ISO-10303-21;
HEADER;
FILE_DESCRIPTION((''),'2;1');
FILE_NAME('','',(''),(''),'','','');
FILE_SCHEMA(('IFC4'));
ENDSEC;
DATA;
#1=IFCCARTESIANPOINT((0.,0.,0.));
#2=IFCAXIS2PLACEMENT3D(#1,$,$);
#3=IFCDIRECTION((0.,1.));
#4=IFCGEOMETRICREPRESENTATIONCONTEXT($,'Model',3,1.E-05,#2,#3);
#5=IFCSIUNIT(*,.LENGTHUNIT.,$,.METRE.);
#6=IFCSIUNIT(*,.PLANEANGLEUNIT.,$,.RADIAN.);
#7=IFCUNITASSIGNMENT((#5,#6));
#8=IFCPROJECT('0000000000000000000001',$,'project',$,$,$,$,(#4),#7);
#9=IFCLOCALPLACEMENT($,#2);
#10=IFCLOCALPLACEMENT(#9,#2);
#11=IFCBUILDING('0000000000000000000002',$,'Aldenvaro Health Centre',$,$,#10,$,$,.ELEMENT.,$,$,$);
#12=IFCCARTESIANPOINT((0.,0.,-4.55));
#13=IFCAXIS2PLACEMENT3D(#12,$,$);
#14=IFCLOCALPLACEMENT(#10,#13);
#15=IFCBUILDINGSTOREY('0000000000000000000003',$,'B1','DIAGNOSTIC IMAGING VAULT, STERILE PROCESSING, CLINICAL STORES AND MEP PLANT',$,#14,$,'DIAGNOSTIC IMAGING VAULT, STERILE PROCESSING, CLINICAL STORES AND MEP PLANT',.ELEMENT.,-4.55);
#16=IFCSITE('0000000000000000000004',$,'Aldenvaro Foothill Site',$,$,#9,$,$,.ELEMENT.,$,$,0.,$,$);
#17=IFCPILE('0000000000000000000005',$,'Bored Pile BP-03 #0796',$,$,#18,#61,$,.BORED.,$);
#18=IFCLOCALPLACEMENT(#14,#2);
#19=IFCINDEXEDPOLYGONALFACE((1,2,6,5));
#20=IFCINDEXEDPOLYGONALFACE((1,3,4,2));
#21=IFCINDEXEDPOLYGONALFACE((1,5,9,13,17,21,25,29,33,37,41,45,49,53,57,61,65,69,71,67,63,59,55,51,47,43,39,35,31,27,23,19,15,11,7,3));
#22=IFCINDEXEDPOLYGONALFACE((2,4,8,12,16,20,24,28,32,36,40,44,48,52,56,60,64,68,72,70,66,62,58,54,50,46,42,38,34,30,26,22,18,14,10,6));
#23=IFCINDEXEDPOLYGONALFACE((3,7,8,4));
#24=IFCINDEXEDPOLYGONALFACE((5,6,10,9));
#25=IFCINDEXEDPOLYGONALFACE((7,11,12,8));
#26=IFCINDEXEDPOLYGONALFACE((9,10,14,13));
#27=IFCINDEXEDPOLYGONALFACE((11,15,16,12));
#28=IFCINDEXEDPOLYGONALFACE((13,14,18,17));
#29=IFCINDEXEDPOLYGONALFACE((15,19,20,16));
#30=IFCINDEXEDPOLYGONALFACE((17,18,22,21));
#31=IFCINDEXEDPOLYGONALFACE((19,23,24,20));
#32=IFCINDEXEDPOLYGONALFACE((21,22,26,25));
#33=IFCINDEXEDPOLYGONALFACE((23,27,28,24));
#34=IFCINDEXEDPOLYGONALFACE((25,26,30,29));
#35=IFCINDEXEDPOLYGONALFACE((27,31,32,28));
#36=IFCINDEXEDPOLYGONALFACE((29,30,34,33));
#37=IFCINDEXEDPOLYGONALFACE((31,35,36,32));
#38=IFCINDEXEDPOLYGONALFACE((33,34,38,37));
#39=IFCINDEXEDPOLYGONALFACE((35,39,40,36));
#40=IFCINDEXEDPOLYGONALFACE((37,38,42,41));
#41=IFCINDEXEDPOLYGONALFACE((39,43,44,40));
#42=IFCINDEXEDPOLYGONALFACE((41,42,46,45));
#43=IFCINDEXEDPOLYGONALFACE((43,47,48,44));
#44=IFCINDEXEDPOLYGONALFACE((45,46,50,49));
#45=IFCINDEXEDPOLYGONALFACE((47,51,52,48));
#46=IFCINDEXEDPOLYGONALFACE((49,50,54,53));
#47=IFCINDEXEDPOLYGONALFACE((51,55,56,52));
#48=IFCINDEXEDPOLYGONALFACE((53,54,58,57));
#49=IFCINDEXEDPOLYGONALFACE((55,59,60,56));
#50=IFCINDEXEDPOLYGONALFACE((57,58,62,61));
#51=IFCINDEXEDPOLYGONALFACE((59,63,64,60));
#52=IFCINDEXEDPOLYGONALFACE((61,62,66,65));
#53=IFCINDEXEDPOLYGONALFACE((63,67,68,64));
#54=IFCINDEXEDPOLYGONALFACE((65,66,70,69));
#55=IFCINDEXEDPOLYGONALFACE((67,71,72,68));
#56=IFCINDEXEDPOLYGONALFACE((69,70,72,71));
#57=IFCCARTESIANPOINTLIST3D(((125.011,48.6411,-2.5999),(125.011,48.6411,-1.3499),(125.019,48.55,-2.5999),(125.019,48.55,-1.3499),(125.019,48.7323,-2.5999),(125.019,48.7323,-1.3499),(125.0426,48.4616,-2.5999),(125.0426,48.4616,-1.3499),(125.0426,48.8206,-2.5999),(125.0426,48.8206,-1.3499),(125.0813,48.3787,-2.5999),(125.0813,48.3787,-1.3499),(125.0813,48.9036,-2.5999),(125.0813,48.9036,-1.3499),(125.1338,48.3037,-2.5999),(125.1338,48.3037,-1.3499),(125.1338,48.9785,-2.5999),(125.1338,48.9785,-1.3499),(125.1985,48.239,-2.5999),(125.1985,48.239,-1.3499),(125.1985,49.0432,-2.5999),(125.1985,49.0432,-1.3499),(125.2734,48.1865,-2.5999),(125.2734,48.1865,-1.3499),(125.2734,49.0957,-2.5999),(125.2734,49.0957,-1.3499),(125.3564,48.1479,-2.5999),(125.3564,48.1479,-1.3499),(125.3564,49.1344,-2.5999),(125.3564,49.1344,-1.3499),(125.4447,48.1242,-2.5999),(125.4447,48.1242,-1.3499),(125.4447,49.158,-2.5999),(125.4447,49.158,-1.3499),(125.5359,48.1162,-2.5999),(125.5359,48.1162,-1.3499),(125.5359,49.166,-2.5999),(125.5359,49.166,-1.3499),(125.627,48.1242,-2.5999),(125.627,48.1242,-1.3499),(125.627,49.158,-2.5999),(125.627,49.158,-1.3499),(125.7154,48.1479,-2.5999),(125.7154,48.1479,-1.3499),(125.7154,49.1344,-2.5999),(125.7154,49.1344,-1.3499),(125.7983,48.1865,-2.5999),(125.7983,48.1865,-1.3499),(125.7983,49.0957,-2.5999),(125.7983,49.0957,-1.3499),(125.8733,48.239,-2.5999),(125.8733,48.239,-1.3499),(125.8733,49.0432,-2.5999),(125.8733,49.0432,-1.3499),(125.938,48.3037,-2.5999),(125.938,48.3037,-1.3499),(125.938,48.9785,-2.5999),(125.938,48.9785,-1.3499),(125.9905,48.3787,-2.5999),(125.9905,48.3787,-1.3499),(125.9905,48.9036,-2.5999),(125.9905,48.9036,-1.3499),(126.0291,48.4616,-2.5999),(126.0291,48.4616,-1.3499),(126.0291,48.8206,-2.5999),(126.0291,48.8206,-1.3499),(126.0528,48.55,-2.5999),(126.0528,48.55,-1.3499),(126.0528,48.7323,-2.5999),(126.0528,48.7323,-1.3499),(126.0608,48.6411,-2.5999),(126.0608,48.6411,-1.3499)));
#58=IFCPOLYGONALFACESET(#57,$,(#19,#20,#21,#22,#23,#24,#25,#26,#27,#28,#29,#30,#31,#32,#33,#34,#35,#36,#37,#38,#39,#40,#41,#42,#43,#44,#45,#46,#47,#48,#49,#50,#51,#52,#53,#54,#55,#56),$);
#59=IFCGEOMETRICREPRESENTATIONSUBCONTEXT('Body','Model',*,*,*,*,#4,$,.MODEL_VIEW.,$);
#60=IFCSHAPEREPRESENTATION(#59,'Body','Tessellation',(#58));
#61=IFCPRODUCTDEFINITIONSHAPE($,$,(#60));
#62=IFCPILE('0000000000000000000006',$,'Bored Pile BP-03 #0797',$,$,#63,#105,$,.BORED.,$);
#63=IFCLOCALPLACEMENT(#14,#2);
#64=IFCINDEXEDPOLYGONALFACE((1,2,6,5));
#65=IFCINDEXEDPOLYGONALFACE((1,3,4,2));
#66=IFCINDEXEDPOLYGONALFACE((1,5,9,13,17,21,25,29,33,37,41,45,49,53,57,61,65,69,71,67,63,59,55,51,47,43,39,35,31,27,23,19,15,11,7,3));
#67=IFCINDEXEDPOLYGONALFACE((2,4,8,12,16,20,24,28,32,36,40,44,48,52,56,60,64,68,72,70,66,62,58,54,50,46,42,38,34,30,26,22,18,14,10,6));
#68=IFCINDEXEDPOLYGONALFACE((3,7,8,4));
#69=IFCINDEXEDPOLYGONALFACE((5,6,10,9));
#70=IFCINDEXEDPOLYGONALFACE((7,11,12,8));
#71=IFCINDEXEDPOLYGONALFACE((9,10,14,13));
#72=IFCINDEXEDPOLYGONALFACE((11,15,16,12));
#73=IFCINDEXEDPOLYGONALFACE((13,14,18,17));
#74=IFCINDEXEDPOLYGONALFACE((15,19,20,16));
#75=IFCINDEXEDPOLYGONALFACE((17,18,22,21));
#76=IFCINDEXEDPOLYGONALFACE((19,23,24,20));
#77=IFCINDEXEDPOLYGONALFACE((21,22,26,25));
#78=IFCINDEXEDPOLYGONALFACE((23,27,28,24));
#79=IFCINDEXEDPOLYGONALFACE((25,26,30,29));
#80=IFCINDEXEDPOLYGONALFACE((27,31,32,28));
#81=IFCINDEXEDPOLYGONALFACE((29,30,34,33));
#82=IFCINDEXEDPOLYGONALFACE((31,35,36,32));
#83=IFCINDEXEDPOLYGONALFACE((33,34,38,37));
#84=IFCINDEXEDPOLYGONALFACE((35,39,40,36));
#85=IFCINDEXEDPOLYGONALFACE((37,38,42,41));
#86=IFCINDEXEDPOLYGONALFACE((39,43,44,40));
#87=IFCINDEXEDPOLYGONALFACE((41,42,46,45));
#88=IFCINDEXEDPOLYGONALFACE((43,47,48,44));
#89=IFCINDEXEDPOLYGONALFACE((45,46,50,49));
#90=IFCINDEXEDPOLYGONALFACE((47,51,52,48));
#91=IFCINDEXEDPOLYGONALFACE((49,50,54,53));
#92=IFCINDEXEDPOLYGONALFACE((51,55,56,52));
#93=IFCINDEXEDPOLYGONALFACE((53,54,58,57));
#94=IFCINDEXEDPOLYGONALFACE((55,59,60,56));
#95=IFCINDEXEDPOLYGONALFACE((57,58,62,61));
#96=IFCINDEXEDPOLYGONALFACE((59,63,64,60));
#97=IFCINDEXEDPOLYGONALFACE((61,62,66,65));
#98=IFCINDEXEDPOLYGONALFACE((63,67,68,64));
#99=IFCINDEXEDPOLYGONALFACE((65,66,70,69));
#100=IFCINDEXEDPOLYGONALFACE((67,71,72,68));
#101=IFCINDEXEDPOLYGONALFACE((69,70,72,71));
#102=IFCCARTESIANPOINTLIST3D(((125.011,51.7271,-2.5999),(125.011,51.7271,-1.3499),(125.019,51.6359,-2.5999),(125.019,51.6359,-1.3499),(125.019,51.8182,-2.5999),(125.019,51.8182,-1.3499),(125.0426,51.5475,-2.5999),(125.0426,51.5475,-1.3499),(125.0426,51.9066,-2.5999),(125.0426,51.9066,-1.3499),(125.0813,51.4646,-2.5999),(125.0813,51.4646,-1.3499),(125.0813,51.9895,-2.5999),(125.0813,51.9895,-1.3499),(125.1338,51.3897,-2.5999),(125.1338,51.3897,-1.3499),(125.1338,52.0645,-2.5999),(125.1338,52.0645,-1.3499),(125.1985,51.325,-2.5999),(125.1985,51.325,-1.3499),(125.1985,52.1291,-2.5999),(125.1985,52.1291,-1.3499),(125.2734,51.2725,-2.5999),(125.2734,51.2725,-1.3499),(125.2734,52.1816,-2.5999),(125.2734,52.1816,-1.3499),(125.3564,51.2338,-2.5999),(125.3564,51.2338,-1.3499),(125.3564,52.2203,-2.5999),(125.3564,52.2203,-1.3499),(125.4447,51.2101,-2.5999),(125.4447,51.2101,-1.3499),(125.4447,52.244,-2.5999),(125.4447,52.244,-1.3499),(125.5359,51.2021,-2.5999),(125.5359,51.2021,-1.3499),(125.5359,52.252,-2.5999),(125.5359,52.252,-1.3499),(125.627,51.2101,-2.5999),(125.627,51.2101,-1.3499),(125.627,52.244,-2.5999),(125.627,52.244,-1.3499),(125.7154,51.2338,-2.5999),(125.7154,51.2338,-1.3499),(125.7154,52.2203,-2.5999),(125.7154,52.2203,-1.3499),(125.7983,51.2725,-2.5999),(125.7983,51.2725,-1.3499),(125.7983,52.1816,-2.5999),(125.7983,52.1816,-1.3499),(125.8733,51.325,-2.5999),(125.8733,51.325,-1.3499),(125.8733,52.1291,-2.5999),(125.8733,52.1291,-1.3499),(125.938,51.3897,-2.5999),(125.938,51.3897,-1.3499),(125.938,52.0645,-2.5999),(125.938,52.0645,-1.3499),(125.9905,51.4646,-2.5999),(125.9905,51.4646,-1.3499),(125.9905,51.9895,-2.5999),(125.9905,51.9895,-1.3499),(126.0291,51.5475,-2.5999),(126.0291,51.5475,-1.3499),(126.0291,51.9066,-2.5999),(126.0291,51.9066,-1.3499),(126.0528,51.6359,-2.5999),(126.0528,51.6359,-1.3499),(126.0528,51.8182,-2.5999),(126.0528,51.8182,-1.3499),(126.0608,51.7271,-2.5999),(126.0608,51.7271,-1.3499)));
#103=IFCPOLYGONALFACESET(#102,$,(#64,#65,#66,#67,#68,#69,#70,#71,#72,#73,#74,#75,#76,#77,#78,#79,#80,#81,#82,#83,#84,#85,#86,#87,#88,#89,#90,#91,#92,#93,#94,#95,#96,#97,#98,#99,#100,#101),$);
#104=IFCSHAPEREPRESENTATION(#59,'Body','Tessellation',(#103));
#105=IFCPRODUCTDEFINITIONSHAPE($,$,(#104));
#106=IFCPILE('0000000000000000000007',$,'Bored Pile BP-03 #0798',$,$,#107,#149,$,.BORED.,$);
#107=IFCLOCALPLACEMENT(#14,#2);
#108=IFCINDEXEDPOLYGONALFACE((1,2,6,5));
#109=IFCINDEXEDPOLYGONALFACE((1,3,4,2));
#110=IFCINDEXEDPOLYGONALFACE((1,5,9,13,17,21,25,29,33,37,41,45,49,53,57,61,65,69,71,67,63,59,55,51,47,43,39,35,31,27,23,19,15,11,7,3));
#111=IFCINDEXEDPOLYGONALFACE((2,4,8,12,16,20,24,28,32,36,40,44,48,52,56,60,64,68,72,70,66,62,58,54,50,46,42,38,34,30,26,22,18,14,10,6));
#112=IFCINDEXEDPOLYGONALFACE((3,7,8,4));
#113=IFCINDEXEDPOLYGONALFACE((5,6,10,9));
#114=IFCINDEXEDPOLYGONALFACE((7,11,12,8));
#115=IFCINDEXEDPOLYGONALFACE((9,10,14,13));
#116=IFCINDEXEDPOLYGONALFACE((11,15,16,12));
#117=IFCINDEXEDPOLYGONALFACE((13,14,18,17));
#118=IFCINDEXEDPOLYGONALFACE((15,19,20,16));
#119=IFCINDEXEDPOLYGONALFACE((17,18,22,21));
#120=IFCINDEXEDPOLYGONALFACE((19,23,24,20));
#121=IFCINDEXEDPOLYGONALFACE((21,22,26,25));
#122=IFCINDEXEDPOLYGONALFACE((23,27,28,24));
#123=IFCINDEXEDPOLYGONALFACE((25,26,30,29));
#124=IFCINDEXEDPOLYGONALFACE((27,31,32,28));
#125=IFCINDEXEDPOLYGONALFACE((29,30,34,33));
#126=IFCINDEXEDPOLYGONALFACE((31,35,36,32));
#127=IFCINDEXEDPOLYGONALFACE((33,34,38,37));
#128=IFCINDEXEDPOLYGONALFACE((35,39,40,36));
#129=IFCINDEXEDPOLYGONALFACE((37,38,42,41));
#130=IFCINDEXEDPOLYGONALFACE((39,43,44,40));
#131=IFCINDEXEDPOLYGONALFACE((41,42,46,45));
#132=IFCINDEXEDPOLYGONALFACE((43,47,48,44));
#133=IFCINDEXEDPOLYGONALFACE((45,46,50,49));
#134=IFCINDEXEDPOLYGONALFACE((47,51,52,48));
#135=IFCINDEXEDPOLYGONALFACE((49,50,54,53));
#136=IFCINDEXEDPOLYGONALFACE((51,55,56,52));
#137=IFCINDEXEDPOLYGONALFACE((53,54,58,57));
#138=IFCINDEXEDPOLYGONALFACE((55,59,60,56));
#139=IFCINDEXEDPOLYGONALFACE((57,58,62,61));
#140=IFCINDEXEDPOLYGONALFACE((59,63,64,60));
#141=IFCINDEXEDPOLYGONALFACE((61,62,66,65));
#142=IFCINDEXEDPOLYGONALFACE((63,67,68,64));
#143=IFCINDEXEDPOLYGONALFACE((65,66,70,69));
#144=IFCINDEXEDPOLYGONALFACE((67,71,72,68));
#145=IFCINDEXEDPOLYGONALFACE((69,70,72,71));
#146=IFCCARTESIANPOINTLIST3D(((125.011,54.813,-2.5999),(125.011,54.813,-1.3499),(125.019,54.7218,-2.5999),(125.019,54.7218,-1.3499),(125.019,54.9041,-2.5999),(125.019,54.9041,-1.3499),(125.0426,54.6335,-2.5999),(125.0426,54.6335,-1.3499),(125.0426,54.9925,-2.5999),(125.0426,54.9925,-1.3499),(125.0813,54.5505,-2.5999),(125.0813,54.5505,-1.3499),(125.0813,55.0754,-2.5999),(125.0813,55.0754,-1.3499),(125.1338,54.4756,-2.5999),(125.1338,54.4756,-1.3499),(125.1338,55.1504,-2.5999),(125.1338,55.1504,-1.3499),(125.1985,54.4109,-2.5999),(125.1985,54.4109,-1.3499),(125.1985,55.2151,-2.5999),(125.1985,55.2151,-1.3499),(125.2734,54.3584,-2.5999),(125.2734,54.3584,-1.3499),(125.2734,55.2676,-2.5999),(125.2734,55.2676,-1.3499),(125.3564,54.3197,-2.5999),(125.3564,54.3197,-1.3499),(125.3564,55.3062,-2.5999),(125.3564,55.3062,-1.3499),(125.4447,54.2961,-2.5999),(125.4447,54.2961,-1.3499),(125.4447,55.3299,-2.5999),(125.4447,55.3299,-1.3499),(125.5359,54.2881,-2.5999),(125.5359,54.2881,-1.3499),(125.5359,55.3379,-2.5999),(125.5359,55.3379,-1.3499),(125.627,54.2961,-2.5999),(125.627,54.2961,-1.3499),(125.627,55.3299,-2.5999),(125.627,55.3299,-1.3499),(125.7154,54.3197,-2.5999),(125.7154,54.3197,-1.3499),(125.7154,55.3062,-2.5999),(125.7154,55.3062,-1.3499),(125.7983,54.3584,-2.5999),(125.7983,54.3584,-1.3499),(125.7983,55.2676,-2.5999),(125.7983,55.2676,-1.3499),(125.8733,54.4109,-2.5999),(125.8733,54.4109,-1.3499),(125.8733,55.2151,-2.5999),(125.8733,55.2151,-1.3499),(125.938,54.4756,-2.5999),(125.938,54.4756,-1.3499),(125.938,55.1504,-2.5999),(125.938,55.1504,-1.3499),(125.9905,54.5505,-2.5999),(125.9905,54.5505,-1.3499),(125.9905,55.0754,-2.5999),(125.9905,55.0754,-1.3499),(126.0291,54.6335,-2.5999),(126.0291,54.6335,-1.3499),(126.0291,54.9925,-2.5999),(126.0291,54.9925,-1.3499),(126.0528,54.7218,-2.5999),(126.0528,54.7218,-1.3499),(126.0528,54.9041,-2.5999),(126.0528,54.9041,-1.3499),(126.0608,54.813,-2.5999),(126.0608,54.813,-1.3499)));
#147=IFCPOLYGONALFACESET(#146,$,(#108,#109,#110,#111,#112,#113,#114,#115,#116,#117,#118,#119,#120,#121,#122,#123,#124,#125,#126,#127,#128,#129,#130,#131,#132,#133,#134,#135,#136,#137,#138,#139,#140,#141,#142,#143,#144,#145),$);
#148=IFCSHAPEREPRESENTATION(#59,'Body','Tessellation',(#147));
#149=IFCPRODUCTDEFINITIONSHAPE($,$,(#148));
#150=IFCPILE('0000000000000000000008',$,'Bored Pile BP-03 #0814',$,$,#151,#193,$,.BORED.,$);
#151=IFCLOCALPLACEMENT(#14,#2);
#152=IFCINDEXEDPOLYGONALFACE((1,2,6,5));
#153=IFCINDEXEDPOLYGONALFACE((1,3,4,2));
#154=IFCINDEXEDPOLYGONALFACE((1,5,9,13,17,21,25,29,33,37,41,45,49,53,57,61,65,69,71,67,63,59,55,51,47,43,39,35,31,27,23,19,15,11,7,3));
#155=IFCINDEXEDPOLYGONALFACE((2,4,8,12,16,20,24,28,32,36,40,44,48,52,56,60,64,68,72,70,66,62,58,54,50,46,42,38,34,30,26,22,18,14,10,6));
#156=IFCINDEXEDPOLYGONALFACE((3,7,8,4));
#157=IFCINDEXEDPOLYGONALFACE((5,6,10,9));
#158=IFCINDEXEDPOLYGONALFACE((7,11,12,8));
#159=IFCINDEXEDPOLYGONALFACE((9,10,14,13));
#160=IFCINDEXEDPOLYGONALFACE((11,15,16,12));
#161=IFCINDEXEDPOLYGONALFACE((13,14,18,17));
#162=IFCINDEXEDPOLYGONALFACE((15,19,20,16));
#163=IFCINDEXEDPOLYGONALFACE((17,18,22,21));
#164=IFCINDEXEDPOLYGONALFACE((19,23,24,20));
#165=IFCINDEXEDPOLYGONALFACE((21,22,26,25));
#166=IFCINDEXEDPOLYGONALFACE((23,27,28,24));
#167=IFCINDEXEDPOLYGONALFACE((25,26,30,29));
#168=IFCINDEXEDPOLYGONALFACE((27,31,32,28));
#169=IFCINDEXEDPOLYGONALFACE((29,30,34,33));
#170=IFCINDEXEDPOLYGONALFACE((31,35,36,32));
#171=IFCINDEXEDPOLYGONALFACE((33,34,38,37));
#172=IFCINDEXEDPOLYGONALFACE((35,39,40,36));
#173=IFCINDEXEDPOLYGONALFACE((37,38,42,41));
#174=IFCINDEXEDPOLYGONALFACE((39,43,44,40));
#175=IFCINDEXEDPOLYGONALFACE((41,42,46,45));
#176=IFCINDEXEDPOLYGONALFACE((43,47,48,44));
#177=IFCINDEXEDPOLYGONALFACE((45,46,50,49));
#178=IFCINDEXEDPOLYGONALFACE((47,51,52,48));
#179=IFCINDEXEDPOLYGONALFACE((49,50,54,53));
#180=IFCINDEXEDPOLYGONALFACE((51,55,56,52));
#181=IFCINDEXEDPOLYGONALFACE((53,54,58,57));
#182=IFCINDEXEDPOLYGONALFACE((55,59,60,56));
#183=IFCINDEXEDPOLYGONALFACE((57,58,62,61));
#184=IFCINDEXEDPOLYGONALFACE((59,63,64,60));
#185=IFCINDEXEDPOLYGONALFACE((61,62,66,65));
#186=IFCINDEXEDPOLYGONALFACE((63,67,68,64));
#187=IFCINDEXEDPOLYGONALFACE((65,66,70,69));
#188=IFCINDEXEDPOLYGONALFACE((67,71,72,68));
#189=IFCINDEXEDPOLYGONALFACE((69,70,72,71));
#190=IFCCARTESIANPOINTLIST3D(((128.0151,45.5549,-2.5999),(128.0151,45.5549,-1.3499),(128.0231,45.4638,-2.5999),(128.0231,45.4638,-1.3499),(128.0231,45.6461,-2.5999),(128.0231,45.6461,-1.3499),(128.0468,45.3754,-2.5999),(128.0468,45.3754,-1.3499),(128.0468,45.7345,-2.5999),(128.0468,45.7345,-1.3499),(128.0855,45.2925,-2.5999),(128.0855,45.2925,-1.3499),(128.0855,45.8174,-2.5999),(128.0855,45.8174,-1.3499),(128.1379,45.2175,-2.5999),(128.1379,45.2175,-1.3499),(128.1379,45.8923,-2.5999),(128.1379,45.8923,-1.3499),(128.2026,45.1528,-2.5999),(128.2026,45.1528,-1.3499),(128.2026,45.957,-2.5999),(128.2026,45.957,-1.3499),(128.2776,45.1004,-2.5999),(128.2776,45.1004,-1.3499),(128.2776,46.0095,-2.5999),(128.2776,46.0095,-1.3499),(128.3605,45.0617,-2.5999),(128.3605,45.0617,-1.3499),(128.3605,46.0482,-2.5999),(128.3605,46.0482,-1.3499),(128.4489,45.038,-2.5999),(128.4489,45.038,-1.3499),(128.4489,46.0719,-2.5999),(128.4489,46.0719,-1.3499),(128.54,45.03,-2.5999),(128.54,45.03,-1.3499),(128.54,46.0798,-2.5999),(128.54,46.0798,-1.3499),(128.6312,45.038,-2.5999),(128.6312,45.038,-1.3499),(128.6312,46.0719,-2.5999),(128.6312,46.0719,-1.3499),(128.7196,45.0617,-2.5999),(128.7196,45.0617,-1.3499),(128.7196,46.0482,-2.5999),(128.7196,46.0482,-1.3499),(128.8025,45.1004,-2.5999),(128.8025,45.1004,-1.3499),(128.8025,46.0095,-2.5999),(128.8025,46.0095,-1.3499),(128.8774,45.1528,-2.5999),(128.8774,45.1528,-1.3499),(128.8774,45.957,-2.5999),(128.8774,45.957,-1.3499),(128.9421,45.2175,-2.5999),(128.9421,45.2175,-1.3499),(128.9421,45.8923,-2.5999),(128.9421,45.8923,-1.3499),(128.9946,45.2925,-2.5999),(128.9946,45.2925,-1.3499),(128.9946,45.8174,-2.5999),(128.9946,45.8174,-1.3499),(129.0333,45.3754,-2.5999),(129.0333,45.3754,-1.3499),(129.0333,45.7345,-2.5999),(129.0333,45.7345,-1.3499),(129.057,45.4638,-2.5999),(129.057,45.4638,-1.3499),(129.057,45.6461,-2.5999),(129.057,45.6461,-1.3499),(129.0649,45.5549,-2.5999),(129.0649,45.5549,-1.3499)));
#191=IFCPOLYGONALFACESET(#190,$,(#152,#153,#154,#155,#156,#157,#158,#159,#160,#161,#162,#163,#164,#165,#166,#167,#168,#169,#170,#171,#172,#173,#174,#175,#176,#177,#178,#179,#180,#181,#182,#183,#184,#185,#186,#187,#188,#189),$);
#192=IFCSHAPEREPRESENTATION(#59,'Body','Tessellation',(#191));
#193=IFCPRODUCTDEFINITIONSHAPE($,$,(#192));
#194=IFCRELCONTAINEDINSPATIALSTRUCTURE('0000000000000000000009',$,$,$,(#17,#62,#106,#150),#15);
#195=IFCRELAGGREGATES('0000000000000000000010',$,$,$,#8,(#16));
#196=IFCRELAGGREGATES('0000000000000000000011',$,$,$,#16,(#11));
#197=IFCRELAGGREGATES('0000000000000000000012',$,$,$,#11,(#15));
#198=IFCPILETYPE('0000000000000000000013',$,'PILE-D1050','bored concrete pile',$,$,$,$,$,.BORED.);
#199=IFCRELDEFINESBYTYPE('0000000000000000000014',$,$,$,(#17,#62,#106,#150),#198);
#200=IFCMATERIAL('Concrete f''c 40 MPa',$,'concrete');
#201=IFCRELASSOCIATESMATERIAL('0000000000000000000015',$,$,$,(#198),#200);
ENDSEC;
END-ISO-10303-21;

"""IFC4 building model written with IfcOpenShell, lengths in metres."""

from ifc_helpers import new_model, si_unit, direction, frame, origin, origin_2d, place, context, subcontext, project, spatial, circle, extrude, material, material_profile, profile_set, type_object, element, save


model = new_model("IFC4")

# Units and contexts
model_context = context("Model", 3, precision=1e-05, world=origin(), true_north=direction((0.0, 1.0)))
body_context = subcontext(model_context, "Body", "Model", "MODEL_VIEW")
ifc_project = project(units=[si_unit("LENGTHUNIT", "METRE"), si_unit("PLANEANGLEUNIT", "RADIAN")], contexts=[model_context])

# Site, building, storey
site_placement = place(None, origin())
site = spatial("IfcSite", under=ifc_project, at=site_placement, Name="Aldenvaro Foothill Site", CompositionType="ELEMENT", RefElevation=0.0)
building_placement = place(site_placement, origin())
building = spatial("IfcBuilding", under=site, at=building_placement, Name="Aldenvaro Health Centre", CompositionType="ELEMENT")
storey_placement = place(building_placement, frame((0.0, 0.0, -4.55)))
storey = spatial("IfcBuildingStorey", under=building, at=storey_placement, Name="B1", Description="DIAGNOSTIC IMAGING VAULT, STERILE PROCESSING, CLINICAL STORES AND MEP PLANT", LongName="DIAGNOSTIC IMAGING VAULT, STERILE PROCESSING, CLINICAL STORES AND MEP PLANT", CompositionType="ELEMENT", Elevation=-4.55)

# Piles
ifc_material = material(Name="Concrete f'c 40 MPa", Category="concrete")
ifc_material_profile = material_profile(ifc_material, circle(Radius=0.5249, at=origin_2d()), Name="PILE D1050", Category="concrete")
ifc_profile_set = profile_set([ifc_material_profile], Name="Concrete f'c 40 MPa")
pile_type = type_object("IfcPileType", Name="PILE-D1050", Description="bored concrete pile", PredefinedType="BORED", material=ifc_profile_set)
for number, where, z_axis, x_axis, name in (
    (1, (125.5359, 48.6411, -1.3499), (0.0, 0.0, -1.0), (1.0, 0.0, 0.0), "Bored Pile BP-03 #0796"),
    (2, (125.5359, 51.7271, -1.3499), (0.0, 0.0, -1.0), (1.0, 0.0, 0.0), "Bored Pile BP-03 #0797"),
    (3, (125.5359, 54.813, -1.3499), (0.0, 0.0, -1.0), (1.0, 0.0, 0.0), "Bored Pile BP-03 #0798"),
    (4, (128.54, 45.5549, -1.3499), (0.0, 0.0, -1.0), (1.0, 0.0, 0.0), "Bored Pile BP-03 #0814"),
):
    element("IfcPile", number, at=place(storey_placement, frame(where, z_axis=z_axis, x_axis=x_axis)), inside=storey, type_object=pile_type, Name=name, PredefinedType="BORED", context=body_context, shape_type="SweptSolid", body=[
        extrude(circle(Radius=0.5249, at=origin_2d()), origin(), (0.0, 0.0, 1.0), 1.25),
    ])

save(model, "model.ifc")
